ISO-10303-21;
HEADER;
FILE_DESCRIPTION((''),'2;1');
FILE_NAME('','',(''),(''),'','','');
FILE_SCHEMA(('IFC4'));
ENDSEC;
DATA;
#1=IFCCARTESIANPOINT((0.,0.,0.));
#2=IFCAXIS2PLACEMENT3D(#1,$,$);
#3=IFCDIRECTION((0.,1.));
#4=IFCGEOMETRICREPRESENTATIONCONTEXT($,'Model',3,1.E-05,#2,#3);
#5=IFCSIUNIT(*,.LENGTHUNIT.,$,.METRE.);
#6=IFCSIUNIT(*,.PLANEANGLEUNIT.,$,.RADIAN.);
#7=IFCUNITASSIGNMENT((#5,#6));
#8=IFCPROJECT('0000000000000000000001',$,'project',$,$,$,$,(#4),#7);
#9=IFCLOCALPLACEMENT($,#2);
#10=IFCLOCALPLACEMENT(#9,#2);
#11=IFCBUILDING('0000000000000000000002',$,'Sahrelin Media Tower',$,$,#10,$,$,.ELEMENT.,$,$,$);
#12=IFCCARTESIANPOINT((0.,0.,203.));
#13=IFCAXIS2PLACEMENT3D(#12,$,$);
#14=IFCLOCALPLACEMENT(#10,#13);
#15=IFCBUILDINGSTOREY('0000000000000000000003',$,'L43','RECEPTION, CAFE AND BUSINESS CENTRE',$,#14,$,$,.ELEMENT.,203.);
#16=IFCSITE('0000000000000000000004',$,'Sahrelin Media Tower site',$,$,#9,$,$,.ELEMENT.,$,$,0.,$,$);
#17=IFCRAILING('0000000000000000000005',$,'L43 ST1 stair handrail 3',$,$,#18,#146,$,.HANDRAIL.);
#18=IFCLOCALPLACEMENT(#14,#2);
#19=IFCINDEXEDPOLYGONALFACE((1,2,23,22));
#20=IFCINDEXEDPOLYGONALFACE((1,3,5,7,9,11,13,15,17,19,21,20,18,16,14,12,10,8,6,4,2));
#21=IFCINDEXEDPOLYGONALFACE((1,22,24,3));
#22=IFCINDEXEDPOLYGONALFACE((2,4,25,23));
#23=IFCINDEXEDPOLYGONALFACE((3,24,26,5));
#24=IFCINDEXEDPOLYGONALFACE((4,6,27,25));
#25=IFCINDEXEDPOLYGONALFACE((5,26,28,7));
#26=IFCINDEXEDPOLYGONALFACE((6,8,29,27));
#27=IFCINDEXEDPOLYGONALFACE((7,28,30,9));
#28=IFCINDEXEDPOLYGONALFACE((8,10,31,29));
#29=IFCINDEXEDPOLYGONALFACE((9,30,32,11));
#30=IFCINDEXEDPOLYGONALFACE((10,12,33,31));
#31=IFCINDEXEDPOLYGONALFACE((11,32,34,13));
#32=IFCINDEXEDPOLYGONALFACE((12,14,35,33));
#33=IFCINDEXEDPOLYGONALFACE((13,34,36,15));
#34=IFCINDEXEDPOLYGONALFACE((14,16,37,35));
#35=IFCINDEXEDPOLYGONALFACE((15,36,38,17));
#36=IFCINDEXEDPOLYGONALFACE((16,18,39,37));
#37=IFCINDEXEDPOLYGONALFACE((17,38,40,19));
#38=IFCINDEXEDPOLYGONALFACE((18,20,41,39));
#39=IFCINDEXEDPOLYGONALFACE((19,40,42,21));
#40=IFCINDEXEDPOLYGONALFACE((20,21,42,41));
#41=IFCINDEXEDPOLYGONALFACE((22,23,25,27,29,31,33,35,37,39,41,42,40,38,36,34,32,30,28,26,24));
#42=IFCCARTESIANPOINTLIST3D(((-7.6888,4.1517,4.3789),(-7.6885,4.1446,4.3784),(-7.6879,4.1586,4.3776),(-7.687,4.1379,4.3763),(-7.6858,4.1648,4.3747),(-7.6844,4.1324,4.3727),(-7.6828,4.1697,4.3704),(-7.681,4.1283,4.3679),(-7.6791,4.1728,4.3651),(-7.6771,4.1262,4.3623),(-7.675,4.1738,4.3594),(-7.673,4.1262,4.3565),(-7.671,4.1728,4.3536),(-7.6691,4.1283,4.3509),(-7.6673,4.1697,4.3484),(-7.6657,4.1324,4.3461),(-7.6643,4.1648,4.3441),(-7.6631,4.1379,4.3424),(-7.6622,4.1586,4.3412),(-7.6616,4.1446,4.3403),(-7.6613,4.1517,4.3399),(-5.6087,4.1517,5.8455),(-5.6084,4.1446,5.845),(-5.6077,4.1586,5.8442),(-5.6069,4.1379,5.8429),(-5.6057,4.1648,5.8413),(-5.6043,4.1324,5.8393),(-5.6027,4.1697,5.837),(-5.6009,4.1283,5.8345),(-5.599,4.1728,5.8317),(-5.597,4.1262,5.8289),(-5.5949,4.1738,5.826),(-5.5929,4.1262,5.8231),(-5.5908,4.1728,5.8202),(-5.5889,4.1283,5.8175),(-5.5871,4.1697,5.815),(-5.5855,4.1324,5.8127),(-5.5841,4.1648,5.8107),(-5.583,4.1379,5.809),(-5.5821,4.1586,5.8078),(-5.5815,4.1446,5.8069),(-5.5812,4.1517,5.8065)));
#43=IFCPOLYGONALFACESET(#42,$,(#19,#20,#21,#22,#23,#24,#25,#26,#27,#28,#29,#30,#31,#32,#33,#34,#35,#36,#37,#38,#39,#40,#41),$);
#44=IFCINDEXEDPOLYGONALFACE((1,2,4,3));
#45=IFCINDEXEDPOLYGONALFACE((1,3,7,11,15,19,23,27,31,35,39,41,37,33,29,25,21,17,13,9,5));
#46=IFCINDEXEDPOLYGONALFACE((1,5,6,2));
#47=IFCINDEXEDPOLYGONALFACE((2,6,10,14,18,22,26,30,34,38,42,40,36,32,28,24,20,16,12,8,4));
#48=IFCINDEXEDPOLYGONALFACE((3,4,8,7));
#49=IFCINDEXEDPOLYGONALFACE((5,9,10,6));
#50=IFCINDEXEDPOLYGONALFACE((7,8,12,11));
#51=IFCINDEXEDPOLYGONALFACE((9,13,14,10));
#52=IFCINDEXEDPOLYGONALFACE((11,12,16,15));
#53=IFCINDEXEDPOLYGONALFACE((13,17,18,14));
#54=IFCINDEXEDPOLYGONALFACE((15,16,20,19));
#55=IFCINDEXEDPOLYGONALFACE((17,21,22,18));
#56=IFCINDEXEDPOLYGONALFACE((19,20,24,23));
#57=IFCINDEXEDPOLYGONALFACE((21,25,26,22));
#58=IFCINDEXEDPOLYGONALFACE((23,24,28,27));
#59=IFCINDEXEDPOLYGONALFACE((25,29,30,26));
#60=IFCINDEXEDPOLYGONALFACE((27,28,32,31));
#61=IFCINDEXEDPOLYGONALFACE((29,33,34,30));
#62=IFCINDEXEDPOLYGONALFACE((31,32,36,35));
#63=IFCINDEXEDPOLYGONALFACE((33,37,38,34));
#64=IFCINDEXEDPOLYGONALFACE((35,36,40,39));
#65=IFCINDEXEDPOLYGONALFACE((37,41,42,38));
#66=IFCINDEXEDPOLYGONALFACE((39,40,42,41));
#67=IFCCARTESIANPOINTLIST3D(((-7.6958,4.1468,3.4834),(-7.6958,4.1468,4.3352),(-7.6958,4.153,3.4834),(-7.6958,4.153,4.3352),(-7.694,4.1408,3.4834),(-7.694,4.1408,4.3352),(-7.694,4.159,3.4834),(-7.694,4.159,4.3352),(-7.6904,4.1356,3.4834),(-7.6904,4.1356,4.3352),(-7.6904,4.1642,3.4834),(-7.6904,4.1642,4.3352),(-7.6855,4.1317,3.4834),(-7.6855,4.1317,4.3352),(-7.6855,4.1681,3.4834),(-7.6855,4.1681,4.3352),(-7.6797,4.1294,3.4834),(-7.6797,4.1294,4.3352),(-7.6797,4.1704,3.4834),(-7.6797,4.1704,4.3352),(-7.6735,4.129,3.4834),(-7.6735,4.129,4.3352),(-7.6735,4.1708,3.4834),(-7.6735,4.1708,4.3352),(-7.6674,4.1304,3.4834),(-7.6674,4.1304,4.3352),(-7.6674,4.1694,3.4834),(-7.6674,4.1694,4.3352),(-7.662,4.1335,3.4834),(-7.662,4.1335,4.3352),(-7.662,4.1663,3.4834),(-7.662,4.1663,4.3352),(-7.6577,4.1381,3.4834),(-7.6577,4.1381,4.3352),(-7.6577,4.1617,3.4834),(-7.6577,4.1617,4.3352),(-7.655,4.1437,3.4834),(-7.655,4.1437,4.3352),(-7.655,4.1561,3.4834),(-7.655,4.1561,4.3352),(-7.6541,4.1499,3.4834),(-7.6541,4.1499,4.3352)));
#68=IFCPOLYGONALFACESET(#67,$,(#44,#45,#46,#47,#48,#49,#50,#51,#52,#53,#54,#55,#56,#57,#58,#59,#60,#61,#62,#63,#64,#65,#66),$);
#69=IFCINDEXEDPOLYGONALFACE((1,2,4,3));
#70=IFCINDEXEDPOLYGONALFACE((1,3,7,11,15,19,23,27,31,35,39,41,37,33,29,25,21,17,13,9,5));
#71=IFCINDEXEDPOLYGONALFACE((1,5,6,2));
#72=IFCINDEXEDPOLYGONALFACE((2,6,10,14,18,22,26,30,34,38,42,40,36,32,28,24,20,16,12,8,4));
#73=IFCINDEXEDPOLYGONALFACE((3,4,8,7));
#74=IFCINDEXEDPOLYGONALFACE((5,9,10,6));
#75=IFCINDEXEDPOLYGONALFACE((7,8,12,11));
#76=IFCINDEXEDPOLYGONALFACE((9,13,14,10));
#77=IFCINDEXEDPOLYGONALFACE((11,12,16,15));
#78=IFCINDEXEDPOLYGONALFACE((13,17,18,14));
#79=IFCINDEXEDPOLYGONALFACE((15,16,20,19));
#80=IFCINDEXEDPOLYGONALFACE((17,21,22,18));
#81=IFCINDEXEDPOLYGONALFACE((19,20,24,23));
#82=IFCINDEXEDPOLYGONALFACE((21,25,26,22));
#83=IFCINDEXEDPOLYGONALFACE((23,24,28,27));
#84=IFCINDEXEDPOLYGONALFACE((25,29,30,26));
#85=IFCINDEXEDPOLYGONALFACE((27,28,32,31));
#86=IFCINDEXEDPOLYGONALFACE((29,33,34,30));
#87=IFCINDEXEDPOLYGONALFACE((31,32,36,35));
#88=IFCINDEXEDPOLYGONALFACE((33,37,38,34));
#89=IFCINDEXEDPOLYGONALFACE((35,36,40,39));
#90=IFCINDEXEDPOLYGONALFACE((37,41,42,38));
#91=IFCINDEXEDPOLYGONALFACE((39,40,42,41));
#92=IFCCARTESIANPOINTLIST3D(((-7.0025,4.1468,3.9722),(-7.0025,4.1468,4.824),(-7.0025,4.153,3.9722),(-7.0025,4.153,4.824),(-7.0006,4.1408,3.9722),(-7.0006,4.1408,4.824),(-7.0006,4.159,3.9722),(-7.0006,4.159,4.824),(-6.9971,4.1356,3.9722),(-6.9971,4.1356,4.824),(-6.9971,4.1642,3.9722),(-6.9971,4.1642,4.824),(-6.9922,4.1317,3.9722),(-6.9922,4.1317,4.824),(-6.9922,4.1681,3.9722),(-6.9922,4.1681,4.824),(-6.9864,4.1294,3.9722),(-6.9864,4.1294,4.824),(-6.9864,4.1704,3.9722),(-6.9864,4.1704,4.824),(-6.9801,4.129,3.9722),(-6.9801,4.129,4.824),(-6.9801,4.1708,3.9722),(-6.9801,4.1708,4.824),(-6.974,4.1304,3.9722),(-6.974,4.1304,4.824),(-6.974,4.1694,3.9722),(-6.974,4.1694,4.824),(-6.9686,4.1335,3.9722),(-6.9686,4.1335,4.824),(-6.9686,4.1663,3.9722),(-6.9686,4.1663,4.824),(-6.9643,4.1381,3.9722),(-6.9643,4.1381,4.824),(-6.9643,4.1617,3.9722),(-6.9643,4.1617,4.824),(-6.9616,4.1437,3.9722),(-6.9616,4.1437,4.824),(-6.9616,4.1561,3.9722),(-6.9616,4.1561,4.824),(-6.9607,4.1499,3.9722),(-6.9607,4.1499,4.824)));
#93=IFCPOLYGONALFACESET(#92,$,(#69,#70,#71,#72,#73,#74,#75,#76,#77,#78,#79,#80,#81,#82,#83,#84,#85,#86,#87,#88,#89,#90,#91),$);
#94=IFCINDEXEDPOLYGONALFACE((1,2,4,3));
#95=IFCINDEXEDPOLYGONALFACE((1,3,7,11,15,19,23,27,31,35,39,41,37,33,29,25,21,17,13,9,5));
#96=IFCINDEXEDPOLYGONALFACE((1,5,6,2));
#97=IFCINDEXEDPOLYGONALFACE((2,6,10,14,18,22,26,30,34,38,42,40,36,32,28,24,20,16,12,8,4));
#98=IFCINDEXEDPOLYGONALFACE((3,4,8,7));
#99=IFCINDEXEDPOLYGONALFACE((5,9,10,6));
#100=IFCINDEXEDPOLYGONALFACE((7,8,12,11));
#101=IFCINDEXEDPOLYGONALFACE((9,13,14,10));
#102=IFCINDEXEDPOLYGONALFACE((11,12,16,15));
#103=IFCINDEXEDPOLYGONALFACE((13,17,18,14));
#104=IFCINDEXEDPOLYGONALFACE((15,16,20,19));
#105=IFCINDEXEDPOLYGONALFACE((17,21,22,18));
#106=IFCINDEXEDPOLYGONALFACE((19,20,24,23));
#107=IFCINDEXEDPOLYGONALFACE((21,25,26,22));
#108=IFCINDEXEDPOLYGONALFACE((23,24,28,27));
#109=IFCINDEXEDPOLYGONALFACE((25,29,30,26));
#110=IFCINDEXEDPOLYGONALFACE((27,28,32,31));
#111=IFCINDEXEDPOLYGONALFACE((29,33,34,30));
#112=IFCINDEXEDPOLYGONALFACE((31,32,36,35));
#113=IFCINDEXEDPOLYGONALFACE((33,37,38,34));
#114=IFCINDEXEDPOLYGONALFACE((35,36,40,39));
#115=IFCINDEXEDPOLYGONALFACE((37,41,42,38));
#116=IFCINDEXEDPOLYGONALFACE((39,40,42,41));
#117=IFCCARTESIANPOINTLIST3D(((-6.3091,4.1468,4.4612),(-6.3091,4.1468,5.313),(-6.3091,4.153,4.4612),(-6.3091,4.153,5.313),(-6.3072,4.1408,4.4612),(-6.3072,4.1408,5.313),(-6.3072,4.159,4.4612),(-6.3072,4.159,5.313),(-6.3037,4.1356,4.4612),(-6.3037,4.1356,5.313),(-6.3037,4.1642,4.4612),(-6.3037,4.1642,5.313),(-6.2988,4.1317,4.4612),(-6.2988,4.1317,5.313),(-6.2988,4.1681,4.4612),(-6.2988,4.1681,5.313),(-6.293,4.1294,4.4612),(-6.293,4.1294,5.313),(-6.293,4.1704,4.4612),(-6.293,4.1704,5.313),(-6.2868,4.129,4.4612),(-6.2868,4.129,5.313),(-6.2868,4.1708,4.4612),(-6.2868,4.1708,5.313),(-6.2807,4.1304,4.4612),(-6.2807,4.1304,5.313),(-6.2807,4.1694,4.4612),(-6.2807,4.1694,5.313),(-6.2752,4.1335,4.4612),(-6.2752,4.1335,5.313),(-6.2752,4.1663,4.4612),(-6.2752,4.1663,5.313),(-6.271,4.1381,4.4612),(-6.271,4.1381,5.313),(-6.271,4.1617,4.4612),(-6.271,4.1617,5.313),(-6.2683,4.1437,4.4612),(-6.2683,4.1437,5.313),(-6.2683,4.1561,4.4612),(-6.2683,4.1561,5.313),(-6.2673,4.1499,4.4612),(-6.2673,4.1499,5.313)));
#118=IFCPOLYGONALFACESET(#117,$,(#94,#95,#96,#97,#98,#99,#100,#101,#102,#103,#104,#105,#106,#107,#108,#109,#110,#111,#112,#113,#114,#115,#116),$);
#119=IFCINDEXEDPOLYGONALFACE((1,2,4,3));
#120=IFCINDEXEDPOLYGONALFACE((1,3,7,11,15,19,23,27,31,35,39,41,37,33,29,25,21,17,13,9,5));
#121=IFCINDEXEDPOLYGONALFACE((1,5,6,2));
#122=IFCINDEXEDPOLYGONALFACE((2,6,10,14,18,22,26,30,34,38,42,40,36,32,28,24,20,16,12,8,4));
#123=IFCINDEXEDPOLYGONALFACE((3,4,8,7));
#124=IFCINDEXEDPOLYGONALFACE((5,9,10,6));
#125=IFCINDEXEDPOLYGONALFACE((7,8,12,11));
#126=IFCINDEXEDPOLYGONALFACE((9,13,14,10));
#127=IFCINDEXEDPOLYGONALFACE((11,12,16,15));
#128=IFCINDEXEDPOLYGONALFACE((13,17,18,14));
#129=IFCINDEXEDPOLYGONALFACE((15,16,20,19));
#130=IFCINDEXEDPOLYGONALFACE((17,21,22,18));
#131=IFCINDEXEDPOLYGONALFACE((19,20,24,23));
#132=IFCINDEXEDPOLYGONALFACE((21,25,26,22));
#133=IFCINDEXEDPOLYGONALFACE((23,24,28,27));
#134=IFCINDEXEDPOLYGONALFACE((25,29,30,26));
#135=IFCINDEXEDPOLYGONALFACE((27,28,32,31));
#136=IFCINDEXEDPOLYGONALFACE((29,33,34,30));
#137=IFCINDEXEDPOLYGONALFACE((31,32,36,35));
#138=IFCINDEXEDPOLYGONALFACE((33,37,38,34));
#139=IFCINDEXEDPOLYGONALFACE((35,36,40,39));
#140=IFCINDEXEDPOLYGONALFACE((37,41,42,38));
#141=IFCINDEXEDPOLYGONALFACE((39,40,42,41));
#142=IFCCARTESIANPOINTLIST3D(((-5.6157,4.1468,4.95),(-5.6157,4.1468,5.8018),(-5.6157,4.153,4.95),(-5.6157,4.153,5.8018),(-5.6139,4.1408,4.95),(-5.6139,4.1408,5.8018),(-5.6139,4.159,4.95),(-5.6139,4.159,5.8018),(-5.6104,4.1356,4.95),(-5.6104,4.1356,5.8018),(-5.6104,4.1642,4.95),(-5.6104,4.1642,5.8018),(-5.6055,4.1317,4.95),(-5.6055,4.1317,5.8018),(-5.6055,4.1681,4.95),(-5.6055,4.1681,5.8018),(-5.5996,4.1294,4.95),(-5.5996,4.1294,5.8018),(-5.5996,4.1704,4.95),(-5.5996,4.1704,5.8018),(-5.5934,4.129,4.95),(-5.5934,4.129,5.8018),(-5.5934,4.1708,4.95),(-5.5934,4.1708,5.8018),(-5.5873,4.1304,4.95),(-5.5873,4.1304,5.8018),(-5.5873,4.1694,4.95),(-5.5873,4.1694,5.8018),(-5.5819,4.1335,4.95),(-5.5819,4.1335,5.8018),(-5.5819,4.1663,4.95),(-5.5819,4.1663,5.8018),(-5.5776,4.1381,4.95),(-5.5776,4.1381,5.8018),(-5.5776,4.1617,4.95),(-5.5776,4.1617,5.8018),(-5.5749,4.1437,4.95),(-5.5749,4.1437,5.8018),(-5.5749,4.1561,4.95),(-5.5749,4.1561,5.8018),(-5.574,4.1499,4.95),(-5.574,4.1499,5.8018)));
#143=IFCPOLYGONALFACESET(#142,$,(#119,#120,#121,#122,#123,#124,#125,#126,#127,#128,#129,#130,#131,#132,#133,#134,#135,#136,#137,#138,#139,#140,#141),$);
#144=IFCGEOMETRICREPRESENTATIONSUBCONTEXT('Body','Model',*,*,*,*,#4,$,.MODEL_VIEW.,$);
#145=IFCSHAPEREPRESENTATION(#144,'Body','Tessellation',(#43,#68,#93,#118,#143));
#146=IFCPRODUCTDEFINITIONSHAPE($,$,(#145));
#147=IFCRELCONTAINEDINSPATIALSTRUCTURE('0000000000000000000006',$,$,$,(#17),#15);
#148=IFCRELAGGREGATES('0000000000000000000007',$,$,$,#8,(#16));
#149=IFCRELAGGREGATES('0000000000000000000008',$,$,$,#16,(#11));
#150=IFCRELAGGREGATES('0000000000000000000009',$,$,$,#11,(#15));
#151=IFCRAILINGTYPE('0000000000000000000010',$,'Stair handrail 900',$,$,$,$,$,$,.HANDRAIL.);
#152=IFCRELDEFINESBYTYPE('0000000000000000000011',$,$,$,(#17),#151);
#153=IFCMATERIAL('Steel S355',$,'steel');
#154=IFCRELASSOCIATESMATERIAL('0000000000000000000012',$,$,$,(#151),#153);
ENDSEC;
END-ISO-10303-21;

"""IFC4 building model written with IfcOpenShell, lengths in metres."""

from ifc_helpers import new_model, si_unit, direction, frame, origin, origin_2d, place, context, subcontext, project, spatial, circle, extrude, material, type_object, element, save


model = new_model("IFC4")

# Units and contexts
model_context = context("Model", 3, precision=1e-05, world=origin(), true_north=direction((0.0, 1.0)))
body_context = subcontext(model_context, "Body", "Model", "MODEL_VIEW")
ifc_project = project(units=[si_unit("LENGTHUNIT", "METRE"), si_unit("PLANEANGLEUNIT", "RADIAN")], contexts=[model_context])

# Site, building, storey
site_placement = place(None, origin())
site = spatial("IfcSite", under=ifc_project, at=site_placement, Name="Sahrelin Media Tower site", CompositionType="ELEMENT", RefElevation=0.0)
building_placement = place(site_placement, origin())
building = spatial("IfcBuilding", under=site, at=building_placement, Name="Sahrelin Media Tower", CompositionType="ELEMENT")
storey_placement = place(building_placement, frame((0.0, 0.0, 203.0)))
storey = spatial("IfcBuildingStorey", under=building, at=storey_placement, Name="L43", Description="RECEPTION, CAFE AND BUSINESS CENTRE", CompositionType="ELEMENT", Elevation=203.0)

# Railing
ifc_material_1 = material(Name="Steel S355", Category="steel")
railing_type_1 = type_object("IfcRailingType", Name="Stair handrail 900", PredefinedType="HANDRAIL", material=ifc_material_1)
railing_1_placement = place(storey_placement, frame((-7.675, 4.1499, 3.4834)))
element("IfcRailing", 1, at=railing_1_placement, inside=storey, type_object=railing_type_1, Name="L43 ST1 stair handrail 3", PredefinedType="HANDRAIL", context=body_context, shape_type="SweptSolid", body=[
    extrude(circle(Radius=0.0239, at=origin_2d()), frame((0.0, 0.0, 0.876), z_axis=(0.817289, 0.0, 0.576227), x_axis=(0.0, 1.0, 0.0)), (0.0, 0.0, 1.0), 2.5452),
    extrude(circle(Radius=0.021, at=origin_2d()), origin(), (0.0, 0.0, 1.0), 0.8518),
    extrude(circle(Radius=0.021, at=origin_2d()), frame((0.6934, 0.0, 0.4888)), (0.0, 0.0, 1.0), 0.8518),
    extrude(circle(Radius=0.021, at=origin_2d()), frame((1.3867, 0.0, 0.9778)), (0.0, 0.0, 1.0), 0.8518),
    extrude(circle(Radius=0.021, at=origin_2d()), frame((2.0801, 0.0, 1.4666)), (0.0, 0.0, 1.0), 0.8518),
])

save(model, "model.ifc")
